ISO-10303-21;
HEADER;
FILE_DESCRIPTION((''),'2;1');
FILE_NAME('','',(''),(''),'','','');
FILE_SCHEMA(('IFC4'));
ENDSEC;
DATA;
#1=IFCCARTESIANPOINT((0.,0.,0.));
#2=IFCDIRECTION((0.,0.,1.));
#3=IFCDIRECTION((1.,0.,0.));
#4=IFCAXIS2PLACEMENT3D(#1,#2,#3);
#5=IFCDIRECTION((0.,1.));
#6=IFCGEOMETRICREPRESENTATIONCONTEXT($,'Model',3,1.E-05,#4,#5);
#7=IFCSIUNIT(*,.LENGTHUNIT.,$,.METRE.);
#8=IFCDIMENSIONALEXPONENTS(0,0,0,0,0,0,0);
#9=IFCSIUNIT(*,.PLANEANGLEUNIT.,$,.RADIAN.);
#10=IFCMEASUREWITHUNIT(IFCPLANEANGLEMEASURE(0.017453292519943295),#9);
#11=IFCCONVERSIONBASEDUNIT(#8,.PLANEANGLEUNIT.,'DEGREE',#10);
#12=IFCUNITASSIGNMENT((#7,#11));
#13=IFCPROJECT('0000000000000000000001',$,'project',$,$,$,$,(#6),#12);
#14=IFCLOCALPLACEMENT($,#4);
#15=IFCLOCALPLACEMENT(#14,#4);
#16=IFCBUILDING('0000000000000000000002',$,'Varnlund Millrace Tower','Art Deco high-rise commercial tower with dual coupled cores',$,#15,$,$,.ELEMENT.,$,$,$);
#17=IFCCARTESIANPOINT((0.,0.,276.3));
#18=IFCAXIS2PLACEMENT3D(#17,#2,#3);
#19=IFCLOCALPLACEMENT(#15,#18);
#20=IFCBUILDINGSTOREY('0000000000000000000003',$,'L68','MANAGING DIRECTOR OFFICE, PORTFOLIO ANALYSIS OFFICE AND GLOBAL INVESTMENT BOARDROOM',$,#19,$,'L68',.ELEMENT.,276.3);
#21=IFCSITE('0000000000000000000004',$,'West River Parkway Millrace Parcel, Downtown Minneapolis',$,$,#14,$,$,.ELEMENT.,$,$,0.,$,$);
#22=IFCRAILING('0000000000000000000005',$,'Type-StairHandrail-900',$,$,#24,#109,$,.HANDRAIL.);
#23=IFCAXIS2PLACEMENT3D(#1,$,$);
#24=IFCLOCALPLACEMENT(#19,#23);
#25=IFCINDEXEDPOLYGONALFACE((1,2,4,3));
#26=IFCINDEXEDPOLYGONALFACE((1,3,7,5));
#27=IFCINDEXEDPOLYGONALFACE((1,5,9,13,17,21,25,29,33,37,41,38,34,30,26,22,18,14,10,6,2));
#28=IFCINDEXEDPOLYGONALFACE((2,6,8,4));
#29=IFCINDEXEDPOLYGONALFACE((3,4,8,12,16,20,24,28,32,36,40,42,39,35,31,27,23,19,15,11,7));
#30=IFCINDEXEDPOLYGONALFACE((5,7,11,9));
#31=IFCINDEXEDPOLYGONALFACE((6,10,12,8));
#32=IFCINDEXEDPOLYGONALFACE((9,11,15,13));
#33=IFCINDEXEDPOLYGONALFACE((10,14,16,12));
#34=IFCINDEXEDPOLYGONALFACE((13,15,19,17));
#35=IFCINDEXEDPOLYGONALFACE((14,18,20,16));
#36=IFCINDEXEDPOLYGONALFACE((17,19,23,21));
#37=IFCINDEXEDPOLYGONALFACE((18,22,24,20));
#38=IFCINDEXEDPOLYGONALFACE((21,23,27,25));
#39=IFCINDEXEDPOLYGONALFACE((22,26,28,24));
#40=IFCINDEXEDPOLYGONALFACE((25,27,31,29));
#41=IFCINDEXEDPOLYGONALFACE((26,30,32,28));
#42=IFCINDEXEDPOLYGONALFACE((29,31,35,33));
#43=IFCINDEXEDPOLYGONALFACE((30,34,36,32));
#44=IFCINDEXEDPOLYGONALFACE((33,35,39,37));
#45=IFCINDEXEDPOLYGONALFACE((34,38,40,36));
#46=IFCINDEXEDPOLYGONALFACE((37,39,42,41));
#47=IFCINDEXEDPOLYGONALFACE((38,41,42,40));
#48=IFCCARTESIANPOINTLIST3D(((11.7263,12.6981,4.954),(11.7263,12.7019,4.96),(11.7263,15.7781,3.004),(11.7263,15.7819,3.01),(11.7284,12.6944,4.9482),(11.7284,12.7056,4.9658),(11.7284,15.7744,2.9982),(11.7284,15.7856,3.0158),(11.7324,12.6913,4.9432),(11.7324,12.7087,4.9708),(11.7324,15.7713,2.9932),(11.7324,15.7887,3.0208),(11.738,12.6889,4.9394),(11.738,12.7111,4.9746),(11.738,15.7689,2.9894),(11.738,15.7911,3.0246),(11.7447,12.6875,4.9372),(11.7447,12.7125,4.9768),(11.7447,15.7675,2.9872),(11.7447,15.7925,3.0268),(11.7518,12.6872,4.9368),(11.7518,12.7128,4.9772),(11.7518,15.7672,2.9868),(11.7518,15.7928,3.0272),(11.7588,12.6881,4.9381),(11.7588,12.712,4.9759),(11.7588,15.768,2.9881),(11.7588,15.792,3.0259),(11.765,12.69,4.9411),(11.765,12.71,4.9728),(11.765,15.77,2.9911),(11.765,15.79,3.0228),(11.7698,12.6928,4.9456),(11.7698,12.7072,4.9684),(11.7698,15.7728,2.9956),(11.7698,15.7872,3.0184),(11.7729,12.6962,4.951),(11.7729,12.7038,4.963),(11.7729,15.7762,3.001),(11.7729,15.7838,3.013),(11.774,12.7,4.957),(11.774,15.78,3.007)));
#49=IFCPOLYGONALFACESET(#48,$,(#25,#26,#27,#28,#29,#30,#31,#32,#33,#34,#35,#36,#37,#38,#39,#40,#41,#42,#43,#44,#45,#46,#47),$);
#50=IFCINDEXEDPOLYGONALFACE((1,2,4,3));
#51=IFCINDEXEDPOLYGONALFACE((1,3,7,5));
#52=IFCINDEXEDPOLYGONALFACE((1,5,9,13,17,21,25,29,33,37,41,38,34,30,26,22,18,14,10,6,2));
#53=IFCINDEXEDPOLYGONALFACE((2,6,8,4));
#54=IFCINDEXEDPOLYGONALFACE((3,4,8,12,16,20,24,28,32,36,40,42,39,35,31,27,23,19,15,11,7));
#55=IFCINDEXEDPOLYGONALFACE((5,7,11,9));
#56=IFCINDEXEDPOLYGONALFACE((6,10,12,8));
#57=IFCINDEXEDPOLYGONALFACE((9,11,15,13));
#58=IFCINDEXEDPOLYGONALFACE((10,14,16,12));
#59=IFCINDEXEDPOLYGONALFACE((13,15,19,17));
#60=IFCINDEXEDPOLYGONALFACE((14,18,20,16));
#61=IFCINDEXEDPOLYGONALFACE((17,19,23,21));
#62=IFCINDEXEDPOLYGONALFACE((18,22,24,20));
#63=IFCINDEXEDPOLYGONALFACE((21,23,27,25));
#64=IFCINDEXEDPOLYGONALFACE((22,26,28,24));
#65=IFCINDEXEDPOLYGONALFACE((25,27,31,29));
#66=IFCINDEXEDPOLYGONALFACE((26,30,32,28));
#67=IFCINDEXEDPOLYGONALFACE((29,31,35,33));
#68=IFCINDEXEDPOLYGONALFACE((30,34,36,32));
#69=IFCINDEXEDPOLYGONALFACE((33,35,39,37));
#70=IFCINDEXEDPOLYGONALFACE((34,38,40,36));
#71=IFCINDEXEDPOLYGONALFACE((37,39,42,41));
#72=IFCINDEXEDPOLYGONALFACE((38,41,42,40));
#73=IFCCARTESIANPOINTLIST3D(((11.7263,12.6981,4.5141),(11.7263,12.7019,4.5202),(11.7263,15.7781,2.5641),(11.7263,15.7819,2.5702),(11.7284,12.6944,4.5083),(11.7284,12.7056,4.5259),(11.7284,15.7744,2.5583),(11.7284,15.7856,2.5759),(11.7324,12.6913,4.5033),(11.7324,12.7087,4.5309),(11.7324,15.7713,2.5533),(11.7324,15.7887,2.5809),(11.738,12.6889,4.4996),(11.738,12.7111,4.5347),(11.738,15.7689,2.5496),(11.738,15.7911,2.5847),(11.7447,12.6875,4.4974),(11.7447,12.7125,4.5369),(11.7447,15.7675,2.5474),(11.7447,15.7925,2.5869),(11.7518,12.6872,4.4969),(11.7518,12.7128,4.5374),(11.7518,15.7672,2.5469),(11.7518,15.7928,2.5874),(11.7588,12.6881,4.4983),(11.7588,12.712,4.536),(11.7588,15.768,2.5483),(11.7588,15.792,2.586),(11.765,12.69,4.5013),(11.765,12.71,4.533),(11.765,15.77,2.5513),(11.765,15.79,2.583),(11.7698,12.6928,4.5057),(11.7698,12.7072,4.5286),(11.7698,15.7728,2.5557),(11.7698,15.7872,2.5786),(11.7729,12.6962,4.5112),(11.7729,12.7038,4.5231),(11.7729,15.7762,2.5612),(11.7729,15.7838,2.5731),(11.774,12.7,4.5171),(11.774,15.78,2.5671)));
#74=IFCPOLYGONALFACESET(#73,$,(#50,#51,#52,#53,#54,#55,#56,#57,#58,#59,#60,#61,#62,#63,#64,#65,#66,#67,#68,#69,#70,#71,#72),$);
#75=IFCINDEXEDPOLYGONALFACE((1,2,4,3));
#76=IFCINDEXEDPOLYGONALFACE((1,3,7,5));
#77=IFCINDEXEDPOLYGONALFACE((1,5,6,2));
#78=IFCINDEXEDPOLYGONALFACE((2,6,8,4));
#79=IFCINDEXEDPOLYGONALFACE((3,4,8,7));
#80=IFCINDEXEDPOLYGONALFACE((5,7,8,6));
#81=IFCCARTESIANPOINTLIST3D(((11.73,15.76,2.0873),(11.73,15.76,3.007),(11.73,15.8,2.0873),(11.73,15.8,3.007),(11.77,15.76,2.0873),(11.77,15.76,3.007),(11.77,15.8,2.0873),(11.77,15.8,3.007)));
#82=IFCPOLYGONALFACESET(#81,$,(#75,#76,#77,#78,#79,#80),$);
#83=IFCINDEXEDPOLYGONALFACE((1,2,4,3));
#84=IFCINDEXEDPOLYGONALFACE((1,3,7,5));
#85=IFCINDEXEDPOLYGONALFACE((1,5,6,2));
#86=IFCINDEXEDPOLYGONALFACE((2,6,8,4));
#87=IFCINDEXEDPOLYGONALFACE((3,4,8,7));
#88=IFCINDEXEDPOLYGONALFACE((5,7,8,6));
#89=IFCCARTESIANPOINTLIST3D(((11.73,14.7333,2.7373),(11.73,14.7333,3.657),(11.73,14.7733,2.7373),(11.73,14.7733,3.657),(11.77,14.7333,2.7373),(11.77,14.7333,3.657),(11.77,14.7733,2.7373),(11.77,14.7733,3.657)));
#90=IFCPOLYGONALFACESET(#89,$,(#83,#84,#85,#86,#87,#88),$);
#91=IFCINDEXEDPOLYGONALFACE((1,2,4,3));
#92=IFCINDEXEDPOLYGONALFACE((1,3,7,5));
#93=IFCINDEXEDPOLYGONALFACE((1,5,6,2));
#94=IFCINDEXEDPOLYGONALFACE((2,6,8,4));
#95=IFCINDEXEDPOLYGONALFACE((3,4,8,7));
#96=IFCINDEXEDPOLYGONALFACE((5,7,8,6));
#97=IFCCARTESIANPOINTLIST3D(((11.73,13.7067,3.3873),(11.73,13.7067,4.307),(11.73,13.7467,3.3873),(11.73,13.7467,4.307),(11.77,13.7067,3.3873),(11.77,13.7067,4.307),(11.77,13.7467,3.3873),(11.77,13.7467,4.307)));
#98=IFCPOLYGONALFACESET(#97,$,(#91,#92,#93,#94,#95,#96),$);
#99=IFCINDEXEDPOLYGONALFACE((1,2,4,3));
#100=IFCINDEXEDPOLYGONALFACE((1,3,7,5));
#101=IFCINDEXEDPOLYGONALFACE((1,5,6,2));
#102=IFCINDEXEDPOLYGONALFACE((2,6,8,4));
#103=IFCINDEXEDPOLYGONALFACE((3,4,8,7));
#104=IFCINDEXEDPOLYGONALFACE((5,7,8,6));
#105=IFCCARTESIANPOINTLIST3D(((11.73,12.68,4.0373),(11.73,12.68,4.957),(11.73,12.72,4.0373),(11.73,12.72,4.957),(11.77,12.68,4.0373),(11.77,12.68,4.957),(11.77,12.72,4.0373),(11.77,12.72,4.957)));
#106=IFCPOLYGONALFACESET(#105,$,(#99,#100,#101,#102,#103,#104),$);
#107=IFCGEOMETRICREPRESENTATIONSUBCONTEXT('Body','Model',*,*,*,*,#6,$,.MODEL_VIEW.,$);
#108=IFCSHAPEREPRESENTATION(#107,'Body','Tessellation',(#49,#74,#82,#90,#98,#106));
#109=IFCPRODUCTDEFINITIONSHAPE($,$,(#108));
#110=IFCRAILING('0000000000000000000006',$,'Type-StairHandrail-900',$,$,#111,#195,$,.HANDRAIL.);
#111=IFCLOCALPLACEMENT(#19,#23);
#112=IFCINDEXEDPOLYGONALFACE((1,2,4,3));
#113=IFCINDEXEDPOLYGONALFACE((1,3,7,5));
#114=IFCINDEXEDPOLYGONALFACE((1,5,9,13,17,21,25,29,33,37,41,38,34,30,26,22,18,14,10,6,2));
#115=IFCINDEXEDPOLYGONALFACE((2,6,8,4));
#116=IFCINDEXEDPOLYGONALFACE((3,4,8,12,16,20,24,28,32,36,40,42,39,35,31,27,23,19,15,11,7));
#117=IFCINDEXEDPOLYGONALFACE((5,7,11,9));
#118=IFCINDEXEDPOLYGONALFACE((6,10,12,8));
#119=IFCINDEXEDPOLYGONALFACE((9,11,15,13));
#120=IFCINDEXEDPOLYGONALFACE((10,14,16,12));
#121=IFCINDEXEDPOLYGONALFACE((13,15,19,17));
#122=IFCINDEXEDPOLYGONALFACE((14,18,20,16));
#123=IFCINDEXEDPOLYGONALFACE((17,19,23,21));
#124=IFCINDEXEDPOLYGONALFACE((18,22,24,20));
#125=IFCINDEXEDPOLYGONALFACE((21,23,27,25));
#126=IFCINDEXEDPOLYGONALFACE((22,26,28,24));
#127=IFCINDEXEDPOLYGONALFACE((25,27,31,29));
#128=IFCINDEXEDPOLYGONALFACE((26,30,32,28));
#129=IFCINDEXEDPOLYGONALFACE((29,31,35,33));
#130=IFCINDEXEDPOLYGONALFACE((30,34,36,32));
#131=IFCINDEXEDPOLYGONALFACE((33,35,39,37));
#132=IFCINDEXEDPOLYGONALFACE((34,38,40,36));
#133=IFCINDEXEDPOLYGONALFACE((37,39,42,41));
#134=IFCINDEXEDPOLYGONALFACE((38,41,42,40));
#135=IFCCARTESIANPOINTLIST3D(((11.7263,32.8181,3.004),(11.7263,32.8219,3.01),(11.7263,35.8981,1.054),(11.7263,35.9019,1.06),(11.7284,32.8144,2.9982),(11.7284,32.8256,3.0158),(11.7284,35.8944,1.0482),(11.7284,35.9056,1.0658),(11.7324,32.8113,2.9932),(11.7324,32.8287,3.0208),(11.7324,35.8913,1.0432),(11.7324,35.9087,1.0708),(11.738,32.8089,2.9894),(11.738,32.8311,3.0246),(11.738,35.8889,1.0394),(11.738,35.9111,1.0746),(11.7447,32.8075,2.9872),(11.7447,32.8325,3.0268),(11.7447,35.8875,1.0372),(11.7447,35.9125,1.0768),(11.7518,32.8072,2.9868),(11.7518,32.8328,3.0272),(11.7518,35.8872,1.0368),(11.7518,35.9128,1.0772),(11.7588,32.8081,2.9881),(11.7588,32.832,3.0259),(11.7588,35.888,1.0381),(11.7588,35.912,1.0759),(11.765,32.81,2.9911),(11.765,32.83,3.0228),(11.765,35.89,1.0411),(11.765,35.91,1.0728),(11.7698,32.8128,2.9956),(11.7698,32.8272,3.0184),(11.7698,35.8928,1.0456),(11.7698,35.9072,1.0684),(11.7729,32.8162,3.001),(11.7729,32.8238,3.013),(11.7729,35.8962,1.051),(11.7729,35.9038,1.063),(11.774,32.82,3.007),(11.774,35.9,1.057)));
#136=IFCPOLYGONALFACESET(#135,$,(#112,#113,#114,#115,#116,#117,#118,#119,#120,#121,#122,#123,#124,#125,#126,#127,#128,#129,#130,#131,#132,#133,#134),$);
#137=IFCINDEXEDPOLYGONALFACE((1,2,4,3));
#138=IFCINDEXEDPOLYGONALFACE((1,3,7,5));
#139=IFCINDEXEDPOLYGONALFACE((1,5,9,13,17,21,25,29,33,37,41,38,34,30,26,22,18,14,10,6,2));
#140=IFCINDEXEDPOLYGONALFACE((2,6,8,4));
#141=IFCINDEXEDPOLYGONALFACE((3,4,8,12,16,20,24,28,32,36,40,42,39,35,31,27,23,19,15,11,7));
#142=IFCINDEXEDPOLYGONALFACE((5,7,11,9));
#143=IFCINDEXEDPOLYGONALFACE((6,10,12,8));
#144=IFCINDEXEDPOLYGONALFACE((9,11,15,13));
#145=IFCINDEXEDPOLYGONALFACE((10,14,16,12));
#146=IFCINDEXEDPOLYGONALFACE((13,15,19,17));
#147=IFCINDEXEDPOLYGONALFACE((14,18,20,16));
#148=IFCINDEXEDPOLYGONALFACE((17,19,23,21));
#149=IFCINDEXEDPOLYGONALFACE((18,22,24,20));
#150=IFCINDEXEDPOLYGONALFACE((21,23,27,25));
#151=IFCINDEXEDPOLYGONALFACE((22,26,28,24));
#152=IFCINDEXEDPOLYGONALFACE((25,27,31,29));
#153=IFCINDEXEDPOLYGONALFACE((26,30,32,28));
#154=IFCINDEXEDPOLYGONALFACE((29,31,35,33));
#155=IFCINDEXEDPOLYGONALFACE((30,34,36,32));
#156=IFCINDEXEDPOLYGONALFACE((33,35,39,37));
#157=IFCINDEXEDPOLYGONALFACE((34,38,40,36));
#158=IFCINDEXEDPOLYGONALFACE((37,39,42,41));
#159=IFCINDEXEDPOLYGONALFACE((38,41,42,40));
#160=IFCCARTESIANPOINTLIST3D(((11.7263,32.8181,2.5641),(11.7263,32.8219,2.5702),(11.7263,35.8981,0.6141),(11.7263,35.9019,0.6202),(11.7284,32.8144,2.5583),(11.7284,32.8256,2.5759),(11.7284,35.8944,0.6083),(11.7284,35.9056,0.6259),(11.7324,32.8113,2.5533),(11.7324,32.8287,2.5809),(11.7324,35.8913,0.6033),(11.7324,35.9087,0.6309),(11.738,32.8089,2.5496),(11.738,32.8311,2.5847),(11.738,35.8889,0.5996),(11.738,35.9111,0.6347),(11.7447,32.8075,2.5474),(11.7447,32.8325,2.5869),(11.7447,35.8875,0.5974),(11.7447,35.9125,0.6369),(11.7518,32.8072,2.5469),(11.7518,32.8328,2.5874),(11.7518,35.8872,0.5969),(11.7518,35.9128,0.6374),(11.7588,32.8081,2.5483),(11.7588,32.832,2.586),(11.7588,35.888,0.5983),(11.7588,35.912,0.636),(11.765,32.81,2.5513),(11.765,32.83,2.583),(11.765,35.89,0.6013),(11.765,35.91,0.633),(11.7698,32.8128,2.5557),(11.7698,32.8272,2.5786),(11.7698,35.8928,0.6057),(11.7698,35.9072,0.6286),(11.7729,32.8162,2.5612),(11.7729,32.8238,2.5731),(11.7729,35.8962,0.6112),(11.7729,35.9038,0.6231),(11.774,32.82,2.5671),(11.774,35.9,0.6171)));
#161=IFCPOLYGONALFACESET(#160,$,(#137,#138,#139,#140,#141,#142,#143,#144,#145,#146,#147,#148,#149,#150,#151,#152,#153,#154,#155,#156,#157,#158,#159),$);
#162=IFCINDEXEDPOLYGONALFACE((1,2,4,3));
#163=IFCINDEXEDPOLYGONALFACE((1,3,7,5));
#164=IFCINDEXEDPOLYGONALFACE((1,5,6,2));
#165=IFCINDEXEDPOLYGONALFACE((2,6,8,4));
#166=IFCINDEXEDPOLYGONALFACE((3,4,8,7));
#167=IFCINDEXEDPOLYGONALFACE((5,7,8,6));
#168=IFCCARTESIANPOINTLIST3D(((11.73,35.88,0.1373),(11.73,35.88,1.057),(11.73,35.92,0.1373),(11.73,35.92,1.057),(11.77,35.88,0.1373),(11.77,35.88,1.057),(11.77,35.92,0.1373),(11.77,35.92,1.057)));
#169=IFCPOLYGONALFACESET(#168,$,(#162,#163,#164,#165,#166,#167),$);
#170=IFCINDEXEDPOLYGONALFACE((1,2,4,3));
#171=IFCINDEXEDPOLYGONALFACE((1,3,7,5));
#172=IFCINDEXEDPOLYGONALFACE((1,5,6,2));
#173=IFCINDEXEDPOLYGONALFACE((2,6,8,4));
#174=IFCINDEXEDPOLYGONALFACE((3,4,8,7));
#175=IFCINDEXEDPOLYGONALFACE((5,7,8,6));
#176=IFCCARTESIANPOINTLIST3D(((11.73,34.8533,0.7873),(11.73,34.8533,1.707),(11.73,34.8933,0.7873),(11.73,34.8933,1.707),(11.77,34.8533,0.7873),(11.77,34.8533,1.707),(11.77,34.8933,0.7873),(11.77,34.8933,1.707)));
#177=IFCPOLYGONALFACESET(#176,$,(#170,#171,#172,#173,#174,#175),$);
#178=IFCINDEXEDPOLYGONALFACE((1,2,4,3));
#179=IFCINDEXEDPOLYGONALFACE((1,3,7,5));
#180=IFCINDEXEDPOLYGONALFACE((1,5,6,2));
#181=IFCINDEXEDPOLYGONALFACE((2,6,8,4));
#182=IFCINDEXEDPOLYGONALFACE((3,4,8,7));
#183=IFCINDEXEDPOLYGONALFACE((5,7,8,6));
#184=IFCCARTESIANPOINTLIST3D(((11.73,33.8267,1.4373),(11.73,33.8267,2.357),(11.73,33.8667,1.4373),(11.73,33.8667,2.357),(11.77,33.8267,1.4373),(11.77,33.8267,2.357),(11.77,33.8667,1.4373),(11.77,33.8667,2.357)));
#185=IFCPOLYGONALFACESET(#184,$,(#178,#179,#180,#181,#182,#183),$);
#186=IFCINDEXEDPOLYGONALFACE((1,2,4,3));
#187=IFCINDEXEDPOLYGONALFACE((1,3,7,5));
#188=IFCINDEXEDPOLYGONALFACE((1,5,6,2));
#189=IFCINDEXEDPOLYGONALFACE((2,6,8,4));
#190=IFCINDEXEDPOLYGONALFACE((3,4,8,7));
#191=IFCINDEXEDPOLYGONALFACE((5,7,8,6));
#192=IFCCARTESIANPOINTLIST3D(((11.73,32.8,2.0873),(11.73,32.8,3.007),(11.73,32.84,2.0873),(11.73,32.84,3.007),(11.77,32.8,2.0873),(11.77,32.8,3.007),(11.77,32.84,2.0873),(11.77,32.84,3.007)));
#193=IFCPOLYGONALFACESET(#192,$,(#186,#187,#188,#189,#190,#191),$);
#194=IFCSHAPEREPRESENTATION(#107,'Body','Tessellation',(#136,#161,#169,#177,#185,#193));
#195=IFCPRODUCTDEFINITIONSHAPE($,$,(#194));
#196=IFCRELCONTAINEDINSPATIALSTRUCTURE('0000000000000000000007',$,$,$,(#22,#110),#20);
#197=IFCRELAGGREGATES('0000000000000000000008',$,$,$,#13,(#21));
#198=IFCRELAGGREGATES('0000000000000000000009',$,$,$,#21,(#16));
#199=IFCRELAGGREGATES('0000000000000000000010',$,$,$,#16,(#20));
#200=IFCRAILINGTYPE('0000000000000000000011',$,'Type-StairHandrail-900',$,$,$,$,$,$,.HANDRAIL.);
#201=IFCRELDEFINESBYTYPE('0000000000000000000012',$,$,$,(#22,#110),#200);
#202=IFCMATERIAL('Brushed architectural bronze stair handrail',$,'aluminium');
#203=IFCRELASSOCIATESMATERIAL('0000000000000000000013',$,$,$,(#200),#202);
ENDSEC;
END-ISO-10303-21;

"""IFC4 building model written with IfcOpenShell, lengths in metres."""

from ifc_helpers import new_model, entity, si_unit, converted_unit, direction, frame, origin_with_axes, origin_2d_with_axis, place, context, subcontext, project, spatial, rectangle, circle, extrude, material, type_object, element, save


model = new_model("IFC4")

# Units and contexts
model_context = context("Model", 3, precision=1e-05, world=origin_with_axes(), true_north=direction((0.0, 1.0)))
body_context = subcontext(model_context, "Body", "Model", "MODEL_VIEW")
ifc_project = project(units=[si_unit("LENGTHUNIT", "METRE"), converted_unit("PLANEANGLEUNIT", "DEGREE", entity("IfcPlaneAngleMeasure", 0.017453292519943295), si_unit("PLANEANGLEUNIT", "RADIAN"), dimensions=[0, 0, 0, 0, 0, 0, 0])], contexts=[model_context])

# Site, building, storey
site_placement = place(None, origin_with_axes())
site = spatial("IfcSite", under=ifc_project, at=site_placement, Name="West River Parkway Millrace Parcel, Downtown Minneapolis", CompositionType="ELEMENT", RefElevation=0.0)
building_placement = place(site_placement, origin_with_axes())
building = spatial("IfcBuilding", under=site, at=building_placement, Name="Varnlund Millrace Tower", Description="Art Deco high-rise commercial tower with dual coupled cores", CompositionType="ELEMENT")
storey_placement = place(building_placement, frame((0.0, 0.0, 276.3), z_axis=(0.0, 0.0, 1.0), x_axis=(1.0, 0.0, 0.0)))
storey = spatial("IfcBuildingStorey", under=building, at=storey_placement, Name="L68", Description="MANAGING DIRECTOR OFFICE, PORTFOLIO ANALYSIS OFFICE AND GLOBAL INVESTMENT BOARDROOM", LongName="L68", CompositionType="ELEMENT", Elevation=276.3)

# Railings
ifc_material_1 = material(Name="Brushed architectural bronze stair handrail", Category="aluminium")
railing_type_1 = type_object("IfcRailingType", Name="Type-StairHandrail-900", PredefinedType="HANDRAIL", material=ifc_material_1)
railing_1_placement = place(storey_placement, frame((0.0, 0.0, -276.3), z_axis=(0.0, 0.0, 1.0), x_axis=(1.0, 0.0, 0.0)))
element("IfcRailing", 1, at=railing_1_placement, inside=storey, type_object=railing_type_1, Name="Type-StairHandrail-900", PredefinedType="HANDRAIL", context=body_context, shape_type="SweptSolid", body=[
    extrude(circle(Radius=0.024, at=origin_2d_with_axis()), frame((11.75, 15.78, 279.307), z_axis=(0.0, -0.844902, 0.534922), x_axis=(1.0, 0.0, 0.0)), (0.0, 0.0, 1.0), 3.6454),
    extrude(circle(Radius=0.024, at=origin_2d_with_axis()), frame((11.75, 15.78, 278.8671), z_axis=(0.0, -0.844902, 0.534922), x_axis=(1.0, 0.0, 0.0)), (0.0, 0.0, 1.0), 3.6454),
    extrude(rectangle(XDim=0.04, YDim=0.04, at=origin_2d_with_axis()), frame((11.75, 15.78, 278.3873), z_axis=(0.0, 0.0, 1.0), x_axis=(1.0, 0.0, 0.0)), (0.0, 0.0, 1.0), 0.9197),
    extrude(rectangle(XDim=0.04, YDim=0.04, at=origin_2d_with_axis()), frame((11.75, 14.7533, 279.0373), z_axis=(0.0, 0.0, 1.0), x_axis=(1.0, 0.0, 0.0)), (0.0, 0.0, 1.0), 0.9197),
    extrude(rectangle(XDim=0.04, YDim=0.04, at=origin_2d_with_axis()), frame((11.75, 13.7267, 279.6873), z_axis=(0.0, 0.0, 1.0), x_axis=(1.0, 0.0, 0.0)), (0.0, 0.0, 1.0), 0.9197),
    extrude(rectangle(XDim=0.04, YDim=0.04, at=origin_2d_with_axis()), frame((11.75, 12.7, 280.3373), z_axis=(0.0, 0.0, 1.0), x_axis=(1.0, 0.0, 0.0)), (0.0, 0.0, 1.0), 0.9197),
])
railing_2_placement = place(storey_placement, frame((0.0, 0.0, -276.3), z_axis=(0.0, 0.0, 1.0), x_axis=(1.0, 0.0, 0.0)))
element("IfcRailing", 2, at=railing_2_placement, inside=storey, type_object=railing_type_1, Name="Type-StairHandrail-900", PredefinedType="HANDRAIL", context=body_context, shape_type="SweptSolid", body=[
    extrude(circle(Radius=0.024, at=origin_2d_with_axis()), frame((11.75, 35.9, 277.357), z_axis=(0.0, -0.844902, 0.534922), x_axis=(1.0, 0.0, 0.0)), (0.0, 0.0, 1.0), 3.6454),
    extrude(circle(Radius=0.024, at=origin_2d_with_axis()), frame((11.75, 35.9, 276.9171), z_axis=(0.0, -0.844902, 0.534922), x_axis=(1.0, 0.0, 0.0)), (0.0, 0.0, 1.0), 3.6454),
    extrude(rectangle(XDim=0.04, YDim=0.04, at=origin_2d_with_axis()), frame((11.75, 35.9, 276.4373), z_axis=(0.0, 0.0, 1.0), x_axis=(1.0, 0.0, 0.0)), (0.0, 0.0, 1.0), 0.9197),
    extrude(rectangle(XDim=0.04, YDim=0.04, at=origin_2d_with_axis()), frame((11.75, 34.8733, 277.0873), z_axis=(0.0, 0.0, 1.0), x_axis=(1.0, 0.0, 0.0)), (0.0, 0.0, 1.0), 0.9197),
    extrude(rectangle(XDim=0.04, YDim=0.04, at=origin_2d_with_axis()), frame((11.75, 33.8467, 277.7373), z_axis=(0.0, 0.0, 1.0), x_axis=(1.0, 0.0, 0.0)), (0.0, 0.0, 1.0), 0.9197),
    extrude(rectangle(XDim=0.04, YDim=0.04, at=origin_2d_with_axis()), frame((11.75, 32.82, 278.3873), z_axis=(0.0, 0.0, 1.0), x_axis=(1.0, 0.0, 0.0)), (0.0, 0.0, 1.0), 0.9197),
])

save(model, "model.ifc")
